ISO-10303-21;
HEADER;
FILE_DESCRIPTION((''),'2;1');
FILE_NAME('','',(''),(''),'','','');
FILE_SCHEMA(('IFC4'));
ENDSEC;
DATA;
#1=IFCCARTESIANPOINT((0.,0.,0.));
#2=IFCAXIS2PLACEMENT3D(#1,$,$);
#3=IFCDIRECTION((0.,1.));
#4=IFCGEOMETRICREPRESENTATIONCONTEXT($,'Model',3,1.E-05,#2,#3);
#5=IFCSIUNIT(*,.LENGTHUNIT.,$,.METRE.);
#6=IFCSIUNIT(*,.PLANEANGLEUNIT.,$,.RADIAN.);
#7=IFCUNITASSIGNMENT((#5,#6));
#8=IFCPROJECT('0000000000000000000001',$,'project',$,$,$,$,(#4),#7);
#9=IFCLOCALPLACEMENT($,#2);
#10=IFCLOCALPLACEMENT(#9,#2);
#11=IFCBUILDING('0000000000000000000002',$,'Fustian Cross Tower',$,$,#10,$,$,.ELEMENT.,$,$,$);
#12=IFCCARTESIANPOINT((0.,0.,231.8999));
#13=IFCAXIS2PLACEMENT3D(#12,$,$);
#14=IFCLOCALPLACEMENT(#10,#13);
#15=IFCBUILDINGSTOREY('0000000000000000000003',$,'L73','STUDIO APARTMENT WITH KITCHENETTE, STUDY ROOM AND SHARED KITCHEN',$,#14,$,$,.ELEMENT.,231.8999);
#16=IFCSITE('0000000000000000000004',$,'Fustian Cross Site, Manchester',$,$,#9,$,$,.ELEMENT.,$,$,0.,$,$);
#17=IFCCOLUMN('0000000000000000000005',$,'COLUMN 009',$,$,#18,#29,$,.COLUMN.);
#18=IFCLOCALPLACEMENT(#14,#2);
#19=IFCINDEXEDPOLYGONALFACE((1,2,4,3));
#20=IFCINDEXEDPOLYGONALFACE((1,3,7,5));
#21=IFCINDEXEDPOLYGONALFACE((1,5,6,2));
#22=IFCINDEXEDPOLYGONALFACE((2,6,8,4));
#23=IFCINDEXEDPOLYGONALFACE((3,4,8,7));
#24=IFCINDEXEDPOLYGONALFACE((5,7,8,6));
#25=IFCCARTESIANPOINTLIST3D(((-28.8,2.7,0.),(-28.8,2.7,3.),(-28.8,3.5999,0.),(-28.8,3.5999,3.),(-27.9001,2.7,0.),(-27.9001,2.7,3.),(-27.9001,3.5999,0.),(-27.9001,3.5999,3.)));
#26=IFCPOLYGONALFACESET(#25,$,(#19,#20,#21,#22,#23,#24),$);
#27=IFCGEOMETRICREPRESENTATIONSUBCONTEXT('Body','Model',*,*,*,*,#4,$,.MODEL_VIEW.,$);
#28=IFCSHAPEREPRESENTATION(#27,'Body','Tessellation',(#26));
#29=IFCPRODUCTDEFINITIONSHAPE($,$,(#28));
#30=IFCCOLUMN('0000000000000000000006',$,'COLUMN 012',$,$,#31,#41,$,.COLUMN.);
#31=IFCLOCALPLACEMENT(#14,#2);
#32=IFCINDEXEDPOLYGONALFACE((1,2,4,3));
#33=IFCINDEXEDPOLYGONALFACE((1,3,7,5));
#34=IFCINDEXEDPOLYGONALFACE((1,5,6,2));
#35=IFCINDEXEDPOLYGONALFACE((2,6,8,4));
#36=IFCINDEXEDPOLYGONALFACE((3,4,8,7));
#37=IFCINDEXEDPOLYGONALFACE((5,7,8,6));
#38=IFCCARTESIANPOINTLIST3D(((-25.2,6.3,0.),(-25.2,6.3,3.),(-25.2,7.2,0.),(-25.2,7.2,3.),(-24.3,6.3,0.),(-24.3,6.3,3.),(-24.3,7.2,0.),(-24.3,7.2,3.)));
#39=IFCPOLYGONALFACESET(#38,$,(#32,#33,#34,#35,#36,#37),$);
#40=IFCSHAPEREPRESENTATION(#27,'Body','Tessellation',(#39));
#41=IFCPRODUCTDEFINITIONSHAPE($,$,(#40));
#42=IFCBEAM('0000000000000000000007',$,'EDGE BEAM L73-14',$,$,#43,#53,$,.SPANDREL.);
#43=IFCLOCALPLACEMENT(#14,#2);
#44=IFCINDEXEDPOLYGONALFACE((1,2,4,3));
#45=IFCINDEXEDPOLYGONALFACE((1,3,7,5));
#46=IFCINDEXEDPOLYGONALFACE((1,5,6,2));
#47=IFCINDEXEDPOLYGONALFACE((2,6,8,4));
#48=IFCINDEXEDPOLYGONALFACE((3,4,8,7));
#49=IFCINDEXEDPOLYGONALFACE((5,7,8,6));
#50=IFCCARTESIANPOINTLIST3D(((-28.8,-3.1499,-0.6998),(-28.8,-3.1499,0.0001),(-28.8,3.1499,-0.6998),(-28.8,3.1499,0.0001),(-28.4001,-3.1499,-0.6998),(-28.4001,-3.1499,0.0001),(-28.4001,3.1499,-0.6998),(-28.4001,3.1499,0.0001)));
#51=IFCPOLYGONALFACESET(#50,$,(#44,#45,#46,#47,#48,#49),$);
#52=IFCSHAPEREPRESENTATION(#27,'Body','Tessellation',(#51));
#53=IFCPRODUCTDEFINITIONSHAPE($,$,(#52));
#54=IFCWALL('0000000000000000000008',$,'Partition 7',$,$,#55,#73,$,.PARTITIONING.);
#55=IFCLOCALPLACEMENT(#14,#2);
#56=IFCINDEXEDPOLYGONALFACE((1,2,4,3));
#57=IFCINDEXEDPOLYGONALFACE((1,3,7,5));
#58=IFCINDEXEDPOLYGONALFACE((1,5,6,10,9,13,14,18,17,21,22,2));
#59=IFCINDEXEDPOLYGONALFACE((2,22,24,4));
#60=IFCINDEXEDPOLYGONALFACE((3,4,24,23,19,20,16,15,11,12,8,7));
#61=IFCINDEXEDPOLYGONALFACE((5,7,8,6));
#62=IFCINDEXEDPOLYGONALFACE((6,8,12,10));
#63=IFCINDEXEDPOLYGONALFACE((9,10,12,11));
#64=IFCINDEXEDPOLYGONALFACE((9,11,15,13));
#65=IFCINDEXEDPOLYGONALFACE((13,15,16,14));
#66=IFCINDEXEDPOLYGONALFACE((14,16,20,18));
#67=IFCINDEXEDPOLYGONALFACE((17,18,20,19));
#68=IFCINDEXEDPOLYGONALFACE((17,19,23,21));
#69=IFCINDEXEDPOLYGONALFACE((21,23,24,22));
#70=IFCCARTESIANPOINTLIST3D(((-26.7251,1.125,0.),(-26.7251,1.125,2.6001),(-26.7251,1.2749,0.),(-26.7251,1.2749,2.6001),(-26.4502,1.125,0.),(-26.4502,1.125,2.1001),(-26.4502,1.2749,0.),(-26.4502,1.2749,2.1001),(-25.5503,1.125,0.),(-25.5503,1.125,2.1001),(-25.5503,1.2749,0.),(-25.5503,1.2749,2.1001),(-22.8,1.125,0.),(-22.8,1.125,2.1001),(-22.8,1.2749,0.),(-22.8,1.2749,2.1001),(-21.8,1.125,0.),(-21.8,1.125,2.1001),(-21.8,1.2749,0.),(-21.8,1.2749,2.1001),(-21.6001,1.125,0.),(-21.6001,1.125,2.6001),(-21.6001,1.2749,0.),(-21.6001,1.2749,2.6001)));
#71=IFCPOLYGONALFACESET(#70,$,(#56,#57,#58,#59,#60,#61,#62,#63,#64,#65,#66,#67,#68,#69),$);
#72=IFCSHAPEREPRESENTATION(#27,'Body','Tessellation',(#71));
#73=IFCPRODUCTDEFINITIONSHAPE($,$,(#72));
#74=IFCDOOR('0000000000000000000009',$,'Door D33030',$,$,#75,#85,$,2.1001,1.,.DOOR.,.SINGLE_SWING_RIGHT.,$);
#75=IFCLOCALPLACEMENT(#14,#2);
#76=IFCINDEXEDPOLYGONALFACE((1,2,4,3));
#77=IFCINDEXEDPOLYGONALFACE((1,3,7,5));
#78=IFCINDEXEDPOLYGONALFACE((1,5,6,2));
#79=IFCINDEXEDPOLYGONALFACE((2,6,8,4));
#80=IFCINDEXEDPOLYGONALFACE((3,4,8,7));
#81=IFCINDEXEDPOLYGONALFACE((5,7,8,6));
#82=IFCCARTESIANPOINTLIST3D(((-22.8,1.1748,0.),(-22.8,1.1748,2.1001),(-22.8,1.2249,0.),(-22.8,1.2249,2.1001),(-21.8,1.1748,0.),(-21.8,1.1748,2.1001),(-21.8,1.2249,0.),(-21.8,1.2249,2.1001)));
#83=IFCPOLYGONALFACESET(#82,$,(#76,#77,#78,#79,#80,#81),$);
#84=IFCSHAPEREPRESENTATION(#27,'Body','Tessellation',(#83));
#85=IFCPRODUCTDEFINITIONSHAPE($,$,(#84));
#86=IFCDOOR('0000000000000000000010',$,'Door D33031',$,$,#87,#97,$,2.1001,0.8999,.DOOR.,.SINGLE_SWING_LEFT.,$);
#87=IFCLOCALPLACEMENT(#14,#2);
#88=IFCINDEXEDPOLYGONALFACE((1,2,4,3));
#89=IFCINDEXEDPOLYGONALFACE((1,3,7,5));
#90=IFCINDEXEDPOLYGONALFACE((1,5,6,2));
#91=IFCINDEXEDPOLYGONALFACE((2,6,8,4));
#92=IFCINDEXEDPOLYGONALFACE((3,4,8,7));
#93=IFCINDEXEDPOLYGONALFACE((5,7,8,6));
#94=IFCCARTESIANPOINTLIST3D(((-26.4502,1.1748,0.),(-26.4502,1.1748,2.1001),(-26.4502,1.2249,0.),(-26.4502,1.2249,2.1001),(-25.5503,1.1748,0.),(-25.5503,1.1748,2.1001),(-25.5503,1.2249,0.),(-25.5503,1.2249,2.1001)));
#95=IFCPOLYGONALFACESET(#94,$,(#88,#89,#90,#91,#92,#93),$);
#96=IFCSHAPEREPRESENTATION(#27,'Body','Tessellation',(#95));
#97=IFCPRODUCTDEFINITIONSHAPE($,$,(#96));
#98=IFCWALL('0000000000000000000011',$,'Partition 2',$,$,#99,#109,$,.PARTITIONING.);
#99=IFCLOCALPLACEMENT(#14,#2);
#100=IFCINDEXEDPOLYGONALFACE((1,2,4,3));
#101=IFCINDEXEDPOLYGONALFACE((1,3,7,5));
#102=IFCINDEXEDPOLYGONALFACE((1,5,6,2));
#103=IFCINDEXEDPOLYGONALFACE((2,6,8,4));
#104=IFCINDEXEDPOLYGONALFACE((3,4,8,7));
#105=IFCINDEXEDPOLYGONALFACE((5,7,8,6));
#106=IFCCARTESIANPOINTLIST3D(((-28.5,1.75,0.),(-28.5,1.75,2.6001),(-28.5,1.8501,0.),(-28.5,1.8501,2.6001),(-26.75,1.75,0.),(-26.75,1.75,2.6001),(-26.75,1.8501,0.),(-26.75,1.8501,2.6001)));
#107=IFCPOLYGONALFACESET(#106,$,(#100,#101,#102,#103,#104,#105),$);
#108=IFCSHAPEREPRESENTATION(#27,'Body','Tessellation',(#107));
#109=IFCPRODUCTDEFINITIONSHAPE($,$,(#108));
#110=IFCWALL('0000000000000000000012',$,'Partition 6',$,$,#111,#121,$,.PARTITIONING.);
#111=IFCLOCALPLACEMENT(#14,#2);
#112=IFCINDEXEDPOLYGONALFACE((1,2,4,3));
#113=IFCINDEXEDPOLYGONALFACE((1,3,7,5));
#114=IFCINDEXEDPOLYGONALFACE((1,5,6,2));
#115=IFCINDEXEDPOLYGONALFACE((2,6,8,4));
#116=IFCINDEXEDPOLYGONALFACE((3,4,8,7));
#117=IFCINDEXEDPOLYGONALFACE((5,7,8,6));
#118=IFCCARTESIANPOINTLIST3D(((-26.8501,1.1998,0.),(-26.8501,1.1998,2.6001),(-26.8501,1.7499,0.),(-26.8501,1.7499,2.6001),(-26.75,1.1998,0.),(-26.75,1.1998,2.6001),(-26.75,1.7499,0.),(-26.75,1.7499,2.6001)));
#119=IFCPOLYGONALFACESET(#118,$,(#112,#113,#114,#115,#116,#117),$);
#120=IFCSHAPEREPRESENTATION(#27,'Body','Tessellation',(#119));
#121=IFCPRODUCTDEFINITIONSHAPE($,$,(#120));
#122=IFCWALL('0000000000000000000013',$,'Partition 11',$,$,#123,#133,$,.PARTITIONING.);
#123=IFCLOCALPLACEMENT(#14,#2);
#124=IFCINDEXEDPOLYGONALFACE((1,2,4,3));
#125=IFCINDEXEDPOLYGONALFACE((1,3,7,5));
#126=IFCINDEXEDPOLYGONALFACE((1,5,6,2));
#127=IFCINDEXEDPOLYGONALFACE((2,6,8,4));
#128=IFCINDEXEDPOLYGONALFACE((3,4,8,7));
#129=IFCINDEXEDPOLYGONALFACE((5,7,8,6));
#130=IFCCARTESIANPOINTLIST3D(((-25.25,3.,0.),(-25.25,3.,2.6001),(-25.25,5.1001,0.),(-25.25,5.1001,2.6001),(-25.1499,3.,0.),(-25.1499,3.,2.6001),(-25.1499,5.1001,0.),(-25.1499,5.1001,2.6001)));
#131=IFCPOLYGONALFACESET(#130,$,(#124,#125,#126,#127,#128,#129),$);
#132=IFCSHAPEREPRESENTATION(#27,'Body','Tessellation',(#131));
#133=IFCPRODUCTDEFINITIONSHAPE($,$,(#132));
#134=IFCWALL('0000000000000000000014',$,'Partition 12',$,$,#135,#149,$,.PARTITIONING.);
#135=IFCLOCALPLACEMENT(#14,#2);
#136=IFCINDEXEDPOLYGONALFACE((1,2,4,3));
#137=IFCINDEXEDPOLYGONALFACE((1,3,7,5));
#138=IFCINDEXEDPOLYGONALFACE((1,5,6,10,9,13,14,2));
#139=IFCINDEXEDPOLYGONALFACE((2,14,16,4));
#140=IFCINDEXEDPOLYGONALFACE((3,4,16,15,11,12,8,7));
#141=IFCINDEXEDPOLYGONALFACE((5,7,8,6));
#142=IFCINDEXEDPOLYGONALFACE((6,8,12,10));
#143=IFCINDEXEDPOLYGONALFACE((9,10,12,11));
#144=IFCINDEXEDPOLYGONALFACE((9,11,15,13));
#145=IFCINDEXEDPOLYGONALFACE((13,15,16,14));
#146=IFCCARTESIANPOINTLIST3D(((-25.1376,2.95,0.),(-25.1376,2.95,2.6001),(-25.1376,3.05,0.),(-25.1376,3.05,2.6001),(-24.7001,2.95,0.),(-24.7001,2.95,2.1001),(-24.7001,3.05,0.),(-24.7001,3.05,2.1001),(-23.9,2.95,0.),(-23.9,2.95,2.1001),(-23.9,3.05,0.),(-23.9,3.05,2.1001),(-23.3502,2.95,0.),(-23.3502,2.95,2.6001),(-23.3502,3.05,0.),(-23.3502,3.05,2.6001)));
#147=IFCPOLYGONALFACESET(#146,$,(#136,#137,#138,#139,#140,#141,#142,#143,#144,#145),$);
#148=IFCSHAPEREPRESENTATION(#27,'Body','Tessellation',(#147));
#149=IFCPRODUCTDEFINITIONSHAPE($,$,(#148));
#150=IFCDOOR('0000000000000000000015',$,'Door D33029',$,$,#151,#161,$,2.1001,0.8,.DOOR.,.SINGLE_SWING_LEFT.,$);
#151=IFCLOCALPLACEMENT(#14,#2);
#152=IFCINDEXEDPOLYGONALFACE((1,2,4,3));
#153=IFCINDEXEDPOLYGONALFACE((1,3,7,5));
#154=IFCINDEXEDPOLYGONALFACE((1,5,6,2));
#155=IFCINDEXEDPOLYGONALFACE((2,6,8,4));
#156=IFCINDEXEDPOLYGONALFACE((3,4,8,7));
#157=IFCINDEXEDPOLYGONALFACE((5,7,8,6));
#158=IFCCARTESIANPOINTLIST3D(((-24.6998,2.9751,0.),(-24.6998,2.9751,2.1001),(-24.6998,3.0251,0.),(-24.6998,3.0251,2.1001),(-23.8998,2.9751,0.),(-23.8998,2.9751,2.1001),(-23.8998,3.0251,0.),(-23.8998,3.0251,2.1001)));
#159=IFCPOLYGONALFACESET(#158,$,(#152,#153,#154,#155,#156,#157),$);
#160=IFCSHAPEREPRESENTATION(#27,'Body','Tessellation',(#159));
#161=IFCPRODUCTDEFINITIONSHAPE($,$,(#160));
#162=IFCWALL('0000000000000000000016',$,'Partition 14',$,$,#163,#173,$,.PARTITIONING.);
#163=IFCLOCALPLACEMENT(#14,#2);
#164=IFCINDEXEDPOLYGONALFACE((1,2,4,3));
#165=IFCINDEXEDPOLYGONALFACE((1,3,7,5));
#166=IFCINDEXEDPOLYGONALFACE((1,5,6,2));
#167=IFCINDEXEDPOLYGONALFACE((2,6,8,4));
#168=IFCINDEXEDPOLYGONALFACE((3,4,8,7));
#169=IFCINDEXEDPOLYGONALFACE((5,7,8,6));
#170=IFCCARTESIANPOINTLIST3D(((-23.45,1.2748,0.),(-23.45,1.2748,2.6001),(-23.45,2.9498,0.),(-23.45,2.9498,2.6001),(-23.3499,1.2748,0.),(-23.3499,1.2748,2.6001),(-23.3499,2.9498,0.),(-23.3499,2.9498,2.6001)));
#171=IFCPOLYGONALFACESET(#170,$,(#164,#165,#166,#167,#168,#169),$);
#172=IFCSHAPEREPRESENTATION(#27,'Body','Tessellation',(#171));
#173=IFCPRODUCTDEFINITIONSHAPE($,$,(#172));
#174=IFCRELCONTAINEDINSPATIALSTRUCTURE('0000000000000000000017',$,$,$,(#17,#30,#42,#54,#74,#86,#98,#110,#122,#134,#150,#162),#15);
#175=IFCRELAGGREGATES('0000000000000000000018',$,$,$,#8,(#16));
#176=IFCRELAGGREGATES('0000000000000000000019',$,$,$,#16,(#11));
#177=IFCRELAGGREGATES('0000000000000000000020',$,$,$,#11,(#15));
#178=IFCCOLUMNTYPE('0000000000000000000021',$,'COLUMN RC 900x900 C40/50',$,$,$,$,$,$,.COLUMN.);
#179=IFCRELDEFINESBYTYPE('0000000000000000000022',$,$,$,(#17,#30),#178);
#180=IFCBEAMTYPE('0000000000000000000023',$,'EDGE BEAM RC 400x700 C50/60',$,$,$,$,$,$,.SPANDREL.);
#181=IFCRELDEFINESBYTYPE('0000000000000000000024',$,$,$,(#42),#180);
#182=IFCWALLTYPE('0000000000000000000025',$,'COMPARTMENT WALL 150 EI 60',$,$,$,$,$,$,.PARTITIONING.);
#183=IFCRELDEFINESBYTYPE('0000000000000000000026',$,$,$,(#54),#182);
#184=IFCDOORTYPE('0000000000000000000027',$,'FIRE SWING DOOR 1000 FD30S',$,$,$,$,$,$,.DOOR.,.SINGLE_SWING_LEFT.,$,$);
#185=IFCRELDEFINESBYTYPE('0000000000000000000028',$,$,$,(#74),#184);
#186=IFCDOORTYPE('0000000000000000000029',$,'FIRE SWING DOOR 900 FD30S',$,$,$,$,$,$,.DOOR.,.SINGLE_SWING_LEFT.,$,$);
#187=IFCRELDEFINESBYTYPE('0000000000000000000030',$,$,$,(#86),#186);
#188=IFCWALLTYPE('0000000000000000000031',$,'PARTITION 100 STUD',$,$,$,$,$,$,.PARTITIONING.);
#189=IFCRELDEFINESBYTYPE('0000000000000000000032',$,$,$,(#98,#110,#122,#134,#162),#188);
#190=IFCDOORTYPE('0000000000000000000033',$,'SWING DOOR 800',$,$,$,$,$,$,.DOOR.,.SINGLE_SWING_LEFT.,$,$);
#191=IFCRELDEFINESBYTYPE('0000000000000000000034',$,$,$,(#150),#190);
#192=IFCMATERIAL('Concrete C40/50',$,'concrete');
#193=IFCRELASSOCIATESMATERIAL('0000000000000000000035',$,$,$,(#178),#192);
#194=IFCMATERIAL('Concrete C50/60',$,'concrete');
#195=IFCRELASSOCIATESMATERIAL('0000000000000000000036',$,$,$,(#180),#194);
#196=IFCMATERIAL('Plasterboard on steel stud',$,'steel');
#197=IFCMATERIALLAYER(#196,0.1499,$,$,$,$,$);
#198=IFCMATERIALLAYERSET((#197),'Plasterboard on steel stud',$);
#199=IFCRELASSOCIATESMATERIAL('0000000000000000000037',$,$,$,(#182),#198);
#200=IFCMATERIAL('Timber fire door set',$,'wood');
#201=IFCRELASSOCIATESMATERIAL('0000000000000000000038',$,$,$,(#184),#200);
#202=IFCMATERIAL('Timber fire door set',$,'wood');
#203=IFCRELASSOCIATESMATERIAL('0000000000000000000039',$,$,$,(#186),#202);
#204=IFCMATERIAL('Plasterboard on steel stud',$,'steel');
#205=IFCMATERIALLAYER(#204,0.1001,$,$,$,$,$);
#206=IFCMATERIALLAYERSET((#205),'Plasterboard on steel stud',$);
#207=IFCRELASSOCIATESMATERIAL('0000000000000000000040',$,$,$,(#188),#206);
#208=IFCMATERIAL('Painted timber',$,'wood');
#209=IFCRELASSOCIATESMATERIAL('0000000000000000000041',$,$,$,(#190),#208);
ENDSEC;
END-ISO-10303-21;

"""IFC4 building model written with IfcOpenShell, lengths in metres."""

from ifc_helpers import new_model, si_unit, direction, frame, frame_2d, origin, origin_2d, place, context, subcontext, project, spatial, rectangle, extrude, material, layer, layer_set, material_profile, profile_set, type_object, element, fill, save


model = new_model("IFC4")

# Units and contexts
model_context = context("Model", 3, precision=1e-05, world=origin(), true_north=direction((0.0, 1.0)))
body_context = subcontext(model_context, "Body", "Model", "MODEL_VIEW")
ifc_project = project(units=[si_unit("LENGTHUNIT", "METRE"), si_unit("PLANEANGLEUNIT", "RADIAN")], contexts=[model_context])

# Site, building, storey
site_placement = place(None, origin())
site = spatial("IfcSite", under=ifc_project, at=site_placement, Name="Fustian Cross Site, Manchester", CompositionType="ELEMENT", RefElevation=0.0)
building_placement = place(site_placement, origin())
building = spatial("IfcBuilding", under=site, at=building_placement, Name="Fustian Cross Tower", CompositionType="ELEMENT")
storey_placement = place(building_placement, frame((0.0, 0.0, 231.8999)))
storey = spatial("IfcBuildingStorey", under=building, at=storey_placement, Name="L73", Description="STUDIO APARTMENT WITH KITCHENETTE, STUDY ROOM AND SHARED KITCHEN", CompositionType="ELEMENT", Elevation=231.8999)

# Columns
ifc_material_1 = material(Name="Concrete C40/50", Category="concrete")
ifc_material_profile_1 = material_profile(ifc_material_1, rectangle(XDim=0.8999, YDim=0.8999, at=origin_2d()), Name="RC 900x900")
ifc_profile_set_1 = profile_set([ifc_material_profile_1], Name="Concrete C40/50")
column_type = type_object("IfcColumnType", Name="COLUMN RC 900x900 C40/50", PredefinedType="COLUMN", material=ifc_profile_set_1)
for number, where, z_axis, x_axis, name in (
    (1, (-28.3501, 3.1499, 0.0), (0.0, 0.0, 1.0), (1.0, 0.0, 0.0), "COLUMN 009"),
    (2, (-24.75, 6.75, 0.0), (0.0, 0.0, 1.0), (1.0, 0.0, 0.0), "COLUMN 012"),
):
    element("IfcColumn", number, at=place(storey_placement, frame(where, z_axis=z_axis, x_axis=x_axis)), inside=storey, type_object=column_type, Name=name, PredefinedType="COLUMN", context=body_context, shape_type="SweptSolid", body=[
        extrude(rectangle(XDim=0.8999, YDim=0.8999, at=origin_2d()), origin(), (0.0, 0.0, 1.0), 3.0),
    ])

# Beam
ifc_material_2 = material(Name="Concrete C50/60", Category="concrete")
ifc_material_profile_2 = material_profile(ifc_material_2, rectangle(XDim=0.3999, YDim=0.7, at=origin_2d()), Name="RC 400x700")
ifc_profile_set_2 = profile_set([ifc_material_profile_2], Name="Concrete C50/60")
beam_type = type_object("IfcBeamType", Name="EDGE BEAM RC 400x700 C50/60", PredefinedType="SPANDREL", material=ifc_profile_set_2)
beam_placement = place(storey_placement, frame((-28.6001, 3.1499, -0.3499), z_axis=(0.0, -1.0, 0.0), x_axis=(1.0, 0.0, 0.0)))
element("IfcBeam", 3, at=beam_placement, inside=storey, type_object=beam_type, Name="EDGE BEAM L73-14", PredefinedType="SPANDREL", context=body_context, shape_type="SweptSolid", body=[
    extrude(rectangle(XDim=0.3999, YDim=0.7, at=origin_2d()), origin(), (0.0, 0.0, 1.0), 6.2998),
])

# Wall, openings, doors
ifc_material_3 = material(Name="Plasterboard on steel stud", Category="steel")
ifc_layer_1 = layer(ifc_material_3, 0.1499)
ifc_layer_set_1 = layer_set([ifc_layer_1], Name="Plasterboard on steel stud")
wall_type_1 = type_object("IfcWallType", Name="COMPARTMENT WALL 150 EI 60", PredefinedType="PARTITIONING", material=ifc_layer_set_1)
wall_1_placement = place(storey_placement, frame((-26.7251, 1.2, 0.0), z_axis=(0.0, 0.0, 1.0), x_axis=(1.0, 0.0, 0.0)))
wall_1 = element("IfcWall", 4, at=wall_1_placement, inside=storey, type_object=wall_type_1, Name="Partition 7", PredefinedType="PARTITIONING", context=body_context, shape_type="SweptSolid", body=[
    extrude(rectangle(XDim=5.125, YDim=0.1499, at=frame_2d((2.5625, 0.0))), origin(), (0.0, 0.0, 1.0), 2.6001),
])
opening_1_placement = place(wall_1_placement, frame((3.925, 0.0, 0.0)))
opening_1 = element("IfcOpeningElement", 5, at=opening_1_placement, cuts=wall_1, PredefinedType="OPENING", context=body_context, shape_type="SweptSolid", body=[
    extrude(rectangle(XDim=1.0, YDim=2.1001, at=frame_2d((0.5, 1.05))), frame((0.0, 0.085, 0.0), z_axis=(0.0, -1.0, 0.0), x_axis=(1.0, 0.0, 0.0)), (0.0, 0.0, 1.0), 0.1699),
])
opening_2_placement = place(wall_1_placement, frame((0.2749, 0.0, 0.0)))
opening_2 = element("IfcOpeningElement", 6, at=opening_2_placement, cuts=wall_1, PredefinedType="OPENING", context=body_context, shape_type="SweptSolid", body=[
    extrude(rectangle(XDim=0.8999, YDim=2.1001, at=frame_2d((0.45, 1.05))), frame((0.0, 0.085, 0.0), z_axis=(0.0, -1.0, 0.0), x_axis=(1.0, 0.0, 0.0)), (0.0, 0.0, 1.0), 0.1699),
])
ifc_material_4 = material(Name="Timber fire door set", Category="wood")
door_type_1 = type_object("IfcDoorType", Name="FIRE SWING DOOR 1000 FD30S", OperationType="SINGLE_SWING_LEFT", PredefinedType="DOOR", material=ifc_material_4)
door_1_placement = place(opening_1_placement, origin())
door_1 = element("IfcDoor", 7, at=door_1_placement, inside=storey, type_object=door_type_1, Name="Door D33030", OperationType="SINGLE_SWING_RIGHT", OverallHeight=2.1001, OverallWidth=1.0, PredefinedType="DOOR", context=body_context, shape_type="SweptSolid", body=[
    extrude(rectangle(XDim=1.0, YDim=2.1001, at=frame_2d((0.5, 1.05))), frame((0.0, 0.0249, 0.0), z_axis=(0.0, -1.0, 0.0), x_axis=(1.0, 0.0, 0.0)), (0.0, 0.0, 1.0), 0.05),
])
fill(opening_1, door_1)
ifc_material_5 = material(Name="Timber fire door set", Category="wood")
door_type_2 = type_object("IfcDoorType", Name="FIRE SWING DOOR 900 FD30S", OperationType="SINGLE_SWING_LEFT", PredefinedType="DOOR", material=ifc_material_5)
door_2_placement = place(opening_2_placement, origin())
door_2 = element("IfcDoor", 8, at=door_2_placement, inside=storey, type_object=door_type_2, Name="Door D33031", OperationType="SINGLE_SWING_LEFT", OverallHeight=2.1001, OverallWidth=0.8999, PredefinedType="DOOR", context=body_context, shape_type="SweptSolid", body=[
    extrude(rectangle(XDim=0.8999, YDim=2.1001, at=frame_2d((0.45, 1.05))), frame((0.0, 0.0249, 0.0), z_axis=(0.0, -1.0, 0.0), x_axis=(1.0, 0.0, 0.0)), (0.0, 0.0, 1.0), 0.05),
])
fill(opening_2, door_2)

# Walls
ifc_material_6 = material(Name="Plasterboard on steel stud", Category="steel")
ifc_layer_2 = layer(ifc_material_6, 0.1001)
ifc_layer_set_2 = layer_set([ifc_layer_2], Name="Plasterboard on steel stud")
wall_type_2 = type_object("IfcWallType", Name="PARTITION 100 STUD", PredefinedType="PARTITIONING", material=ifc_layer_set_2)
wall_2_placement = place(storey_placement, frame((-28.5, 1.8, 0.0), z_axis=(0.0, 0.0, 1.0), x_axis=(1.0, 0.0, 0.0)))
element("IfcWall", 9, at=wall_2_placement, inside=storey, type_object=wall_type_2, Name="Partition 2", PredefinedType="PARTITIONING", context=body_context, shape_type="SweptSolid", body=[
    extrude(rectangle(XDim=1.75, YDim=0.1001, at=frame_2d((0.875, 0.0))), origin(), (0.0, 0.0, 1.0), 2.6001),
])
wall_3_placement = place(storey_placement, frame((-26.8, 1.2, 0.0), z_axis=(0.0, 0.0, 1.0), x_axis=(0.0, 1.0, 0.0)))
element("IfcWall", 10, at=wall_3_placement, inside=storey, type_object=wall_type_2, Name="Partition 6", PredefinedType="PARTITIONING", context=body_context, shape_type="SweptSolid", body=[
    extrude(rectangle(XDim=0.55, YDim=0.1001, at=frame_2d((0.2749, 0.0))), origin(), (0.0, 0.0, 1.0), 2.6001),
])
wall_4_placement = place(storey_placement, frame((-25.2, 3.0, 0.0), z_axis=(0.0, 0.0, 1.0), x_axis=(0.0, 1.0, 0.0)))
element("IfcWall", 11, at=wall_4_placement, inside=storey, type_object=wall_type_2, Name="Partition 11", PredefinedType="PARTITIONING", context=body_context, shape_type="SweptSolid", body=[
    extrude(rectangle(XDim=2.1001, YDim=0.1001, at=frame_2d((1.05, 0.0))), origin(), (0.0, 0.0, 1.0), 2.6001),
])

# Wall, opening, door
wall_5_placement = place(storey_placement, frame((-25.1375, 3.0, 0.0), z_axis=(0.0, 0.0, 1.0), x_axis=(1.0, 0.0, 0.0)))
wall_5 = element("IfcWall", 12, at=wall_5_placement, inside=storey, type_object=wall_type_2, Name="Partition 12", PredefinedType="PARTITIONING", context=body_context, shape_type="SweptSolid", body=[
    extrude(rectangle(XDim=1.7874, YDim=0.1001, at=frame_2d((0.8936, 0.0))), origin(), (0.0, 0.0, 1.0), 2.6001),
])
opening_3_placement = place(wall_5_placement, frame((0.4375, 0.0, 0.0)))
opening_3 = element("IfcOpeningElement", 13, at=opening_3_placement, cuts=wall_5, PredefinedType="OPENING", context=body_context, shape_type="SweptSolid", body=[
    extrude(rectangle(XDim=0.8, YDim=2.1001, at=frame_2d((0.3999, 1.05))), frame((0.0, 0.0601, 0.0), z_axis=(0.0, -1.0, 0.0), x_axis=(1.0, 0.0, 0.0)), (0.0, 0.0, 1.0), 0.1201),
])
ifc_material_7 = material(Name="Painted timber", Category="wood")
door_type_3 = type_object("IfcDoorType", Name="SWING DOOR 800", OperationType="SINGLE_SWING_LEFT", PredefinedType="DOOR", material=ifc_material_7)
door_3_placement = place(opening_3_placement, frame((0.8, 0.0, 0.0), z_axis=(0.0, 0.0, 1.0), x_axis=(-1.0, 0.0, 0.0)))
door_3 = element("IfcDoor", 14, at=door_3_placement, inside=storey, type_object=door_type_3, Name="Door D33029", OperationType="SINGLE_SWING_LEFT", OverallHeight=2.1001, OverallWidth=0.8, PredefinedType="DOOR", context=body_context, shape_type="SweptSolid", body=[
    extrude(rectangle(XDim=0.8, YDim=2.1001, at=frame_2d((0.3999, 1.05))), frame((0.0, 0.0249, 0.0), z_axis=(0.0, -1.0, 0.0), x_axis=(1.0, 0.0, 0.0)), (0.0, 0.0, 1.0), 0.05),
])
fill(opening_3, door_3)

# Wall
wall_6_placement = place(storey_placement, frame((-23.3999, 1.2749, 0.0), z_axis=(0.0, 0.0, 1.0), x_axis=(0.0, 1.0, 0.0)))
element("IfcWall", 15, at=wall_6_placement, inside=storey, type_object=wall_type_2, Name="Partition 14", PredefinedType="PARTITIONING", context=body_context, shape_type="SweptSolid", body=[
    extrude(rectangle(XDim=1.675, YDim=0.1001, at=frame_2d((0.8374, 0.0))), origin(), (0.0, 0.0, 1.0), 2.6001),
])

save(model, "model.ifc")
